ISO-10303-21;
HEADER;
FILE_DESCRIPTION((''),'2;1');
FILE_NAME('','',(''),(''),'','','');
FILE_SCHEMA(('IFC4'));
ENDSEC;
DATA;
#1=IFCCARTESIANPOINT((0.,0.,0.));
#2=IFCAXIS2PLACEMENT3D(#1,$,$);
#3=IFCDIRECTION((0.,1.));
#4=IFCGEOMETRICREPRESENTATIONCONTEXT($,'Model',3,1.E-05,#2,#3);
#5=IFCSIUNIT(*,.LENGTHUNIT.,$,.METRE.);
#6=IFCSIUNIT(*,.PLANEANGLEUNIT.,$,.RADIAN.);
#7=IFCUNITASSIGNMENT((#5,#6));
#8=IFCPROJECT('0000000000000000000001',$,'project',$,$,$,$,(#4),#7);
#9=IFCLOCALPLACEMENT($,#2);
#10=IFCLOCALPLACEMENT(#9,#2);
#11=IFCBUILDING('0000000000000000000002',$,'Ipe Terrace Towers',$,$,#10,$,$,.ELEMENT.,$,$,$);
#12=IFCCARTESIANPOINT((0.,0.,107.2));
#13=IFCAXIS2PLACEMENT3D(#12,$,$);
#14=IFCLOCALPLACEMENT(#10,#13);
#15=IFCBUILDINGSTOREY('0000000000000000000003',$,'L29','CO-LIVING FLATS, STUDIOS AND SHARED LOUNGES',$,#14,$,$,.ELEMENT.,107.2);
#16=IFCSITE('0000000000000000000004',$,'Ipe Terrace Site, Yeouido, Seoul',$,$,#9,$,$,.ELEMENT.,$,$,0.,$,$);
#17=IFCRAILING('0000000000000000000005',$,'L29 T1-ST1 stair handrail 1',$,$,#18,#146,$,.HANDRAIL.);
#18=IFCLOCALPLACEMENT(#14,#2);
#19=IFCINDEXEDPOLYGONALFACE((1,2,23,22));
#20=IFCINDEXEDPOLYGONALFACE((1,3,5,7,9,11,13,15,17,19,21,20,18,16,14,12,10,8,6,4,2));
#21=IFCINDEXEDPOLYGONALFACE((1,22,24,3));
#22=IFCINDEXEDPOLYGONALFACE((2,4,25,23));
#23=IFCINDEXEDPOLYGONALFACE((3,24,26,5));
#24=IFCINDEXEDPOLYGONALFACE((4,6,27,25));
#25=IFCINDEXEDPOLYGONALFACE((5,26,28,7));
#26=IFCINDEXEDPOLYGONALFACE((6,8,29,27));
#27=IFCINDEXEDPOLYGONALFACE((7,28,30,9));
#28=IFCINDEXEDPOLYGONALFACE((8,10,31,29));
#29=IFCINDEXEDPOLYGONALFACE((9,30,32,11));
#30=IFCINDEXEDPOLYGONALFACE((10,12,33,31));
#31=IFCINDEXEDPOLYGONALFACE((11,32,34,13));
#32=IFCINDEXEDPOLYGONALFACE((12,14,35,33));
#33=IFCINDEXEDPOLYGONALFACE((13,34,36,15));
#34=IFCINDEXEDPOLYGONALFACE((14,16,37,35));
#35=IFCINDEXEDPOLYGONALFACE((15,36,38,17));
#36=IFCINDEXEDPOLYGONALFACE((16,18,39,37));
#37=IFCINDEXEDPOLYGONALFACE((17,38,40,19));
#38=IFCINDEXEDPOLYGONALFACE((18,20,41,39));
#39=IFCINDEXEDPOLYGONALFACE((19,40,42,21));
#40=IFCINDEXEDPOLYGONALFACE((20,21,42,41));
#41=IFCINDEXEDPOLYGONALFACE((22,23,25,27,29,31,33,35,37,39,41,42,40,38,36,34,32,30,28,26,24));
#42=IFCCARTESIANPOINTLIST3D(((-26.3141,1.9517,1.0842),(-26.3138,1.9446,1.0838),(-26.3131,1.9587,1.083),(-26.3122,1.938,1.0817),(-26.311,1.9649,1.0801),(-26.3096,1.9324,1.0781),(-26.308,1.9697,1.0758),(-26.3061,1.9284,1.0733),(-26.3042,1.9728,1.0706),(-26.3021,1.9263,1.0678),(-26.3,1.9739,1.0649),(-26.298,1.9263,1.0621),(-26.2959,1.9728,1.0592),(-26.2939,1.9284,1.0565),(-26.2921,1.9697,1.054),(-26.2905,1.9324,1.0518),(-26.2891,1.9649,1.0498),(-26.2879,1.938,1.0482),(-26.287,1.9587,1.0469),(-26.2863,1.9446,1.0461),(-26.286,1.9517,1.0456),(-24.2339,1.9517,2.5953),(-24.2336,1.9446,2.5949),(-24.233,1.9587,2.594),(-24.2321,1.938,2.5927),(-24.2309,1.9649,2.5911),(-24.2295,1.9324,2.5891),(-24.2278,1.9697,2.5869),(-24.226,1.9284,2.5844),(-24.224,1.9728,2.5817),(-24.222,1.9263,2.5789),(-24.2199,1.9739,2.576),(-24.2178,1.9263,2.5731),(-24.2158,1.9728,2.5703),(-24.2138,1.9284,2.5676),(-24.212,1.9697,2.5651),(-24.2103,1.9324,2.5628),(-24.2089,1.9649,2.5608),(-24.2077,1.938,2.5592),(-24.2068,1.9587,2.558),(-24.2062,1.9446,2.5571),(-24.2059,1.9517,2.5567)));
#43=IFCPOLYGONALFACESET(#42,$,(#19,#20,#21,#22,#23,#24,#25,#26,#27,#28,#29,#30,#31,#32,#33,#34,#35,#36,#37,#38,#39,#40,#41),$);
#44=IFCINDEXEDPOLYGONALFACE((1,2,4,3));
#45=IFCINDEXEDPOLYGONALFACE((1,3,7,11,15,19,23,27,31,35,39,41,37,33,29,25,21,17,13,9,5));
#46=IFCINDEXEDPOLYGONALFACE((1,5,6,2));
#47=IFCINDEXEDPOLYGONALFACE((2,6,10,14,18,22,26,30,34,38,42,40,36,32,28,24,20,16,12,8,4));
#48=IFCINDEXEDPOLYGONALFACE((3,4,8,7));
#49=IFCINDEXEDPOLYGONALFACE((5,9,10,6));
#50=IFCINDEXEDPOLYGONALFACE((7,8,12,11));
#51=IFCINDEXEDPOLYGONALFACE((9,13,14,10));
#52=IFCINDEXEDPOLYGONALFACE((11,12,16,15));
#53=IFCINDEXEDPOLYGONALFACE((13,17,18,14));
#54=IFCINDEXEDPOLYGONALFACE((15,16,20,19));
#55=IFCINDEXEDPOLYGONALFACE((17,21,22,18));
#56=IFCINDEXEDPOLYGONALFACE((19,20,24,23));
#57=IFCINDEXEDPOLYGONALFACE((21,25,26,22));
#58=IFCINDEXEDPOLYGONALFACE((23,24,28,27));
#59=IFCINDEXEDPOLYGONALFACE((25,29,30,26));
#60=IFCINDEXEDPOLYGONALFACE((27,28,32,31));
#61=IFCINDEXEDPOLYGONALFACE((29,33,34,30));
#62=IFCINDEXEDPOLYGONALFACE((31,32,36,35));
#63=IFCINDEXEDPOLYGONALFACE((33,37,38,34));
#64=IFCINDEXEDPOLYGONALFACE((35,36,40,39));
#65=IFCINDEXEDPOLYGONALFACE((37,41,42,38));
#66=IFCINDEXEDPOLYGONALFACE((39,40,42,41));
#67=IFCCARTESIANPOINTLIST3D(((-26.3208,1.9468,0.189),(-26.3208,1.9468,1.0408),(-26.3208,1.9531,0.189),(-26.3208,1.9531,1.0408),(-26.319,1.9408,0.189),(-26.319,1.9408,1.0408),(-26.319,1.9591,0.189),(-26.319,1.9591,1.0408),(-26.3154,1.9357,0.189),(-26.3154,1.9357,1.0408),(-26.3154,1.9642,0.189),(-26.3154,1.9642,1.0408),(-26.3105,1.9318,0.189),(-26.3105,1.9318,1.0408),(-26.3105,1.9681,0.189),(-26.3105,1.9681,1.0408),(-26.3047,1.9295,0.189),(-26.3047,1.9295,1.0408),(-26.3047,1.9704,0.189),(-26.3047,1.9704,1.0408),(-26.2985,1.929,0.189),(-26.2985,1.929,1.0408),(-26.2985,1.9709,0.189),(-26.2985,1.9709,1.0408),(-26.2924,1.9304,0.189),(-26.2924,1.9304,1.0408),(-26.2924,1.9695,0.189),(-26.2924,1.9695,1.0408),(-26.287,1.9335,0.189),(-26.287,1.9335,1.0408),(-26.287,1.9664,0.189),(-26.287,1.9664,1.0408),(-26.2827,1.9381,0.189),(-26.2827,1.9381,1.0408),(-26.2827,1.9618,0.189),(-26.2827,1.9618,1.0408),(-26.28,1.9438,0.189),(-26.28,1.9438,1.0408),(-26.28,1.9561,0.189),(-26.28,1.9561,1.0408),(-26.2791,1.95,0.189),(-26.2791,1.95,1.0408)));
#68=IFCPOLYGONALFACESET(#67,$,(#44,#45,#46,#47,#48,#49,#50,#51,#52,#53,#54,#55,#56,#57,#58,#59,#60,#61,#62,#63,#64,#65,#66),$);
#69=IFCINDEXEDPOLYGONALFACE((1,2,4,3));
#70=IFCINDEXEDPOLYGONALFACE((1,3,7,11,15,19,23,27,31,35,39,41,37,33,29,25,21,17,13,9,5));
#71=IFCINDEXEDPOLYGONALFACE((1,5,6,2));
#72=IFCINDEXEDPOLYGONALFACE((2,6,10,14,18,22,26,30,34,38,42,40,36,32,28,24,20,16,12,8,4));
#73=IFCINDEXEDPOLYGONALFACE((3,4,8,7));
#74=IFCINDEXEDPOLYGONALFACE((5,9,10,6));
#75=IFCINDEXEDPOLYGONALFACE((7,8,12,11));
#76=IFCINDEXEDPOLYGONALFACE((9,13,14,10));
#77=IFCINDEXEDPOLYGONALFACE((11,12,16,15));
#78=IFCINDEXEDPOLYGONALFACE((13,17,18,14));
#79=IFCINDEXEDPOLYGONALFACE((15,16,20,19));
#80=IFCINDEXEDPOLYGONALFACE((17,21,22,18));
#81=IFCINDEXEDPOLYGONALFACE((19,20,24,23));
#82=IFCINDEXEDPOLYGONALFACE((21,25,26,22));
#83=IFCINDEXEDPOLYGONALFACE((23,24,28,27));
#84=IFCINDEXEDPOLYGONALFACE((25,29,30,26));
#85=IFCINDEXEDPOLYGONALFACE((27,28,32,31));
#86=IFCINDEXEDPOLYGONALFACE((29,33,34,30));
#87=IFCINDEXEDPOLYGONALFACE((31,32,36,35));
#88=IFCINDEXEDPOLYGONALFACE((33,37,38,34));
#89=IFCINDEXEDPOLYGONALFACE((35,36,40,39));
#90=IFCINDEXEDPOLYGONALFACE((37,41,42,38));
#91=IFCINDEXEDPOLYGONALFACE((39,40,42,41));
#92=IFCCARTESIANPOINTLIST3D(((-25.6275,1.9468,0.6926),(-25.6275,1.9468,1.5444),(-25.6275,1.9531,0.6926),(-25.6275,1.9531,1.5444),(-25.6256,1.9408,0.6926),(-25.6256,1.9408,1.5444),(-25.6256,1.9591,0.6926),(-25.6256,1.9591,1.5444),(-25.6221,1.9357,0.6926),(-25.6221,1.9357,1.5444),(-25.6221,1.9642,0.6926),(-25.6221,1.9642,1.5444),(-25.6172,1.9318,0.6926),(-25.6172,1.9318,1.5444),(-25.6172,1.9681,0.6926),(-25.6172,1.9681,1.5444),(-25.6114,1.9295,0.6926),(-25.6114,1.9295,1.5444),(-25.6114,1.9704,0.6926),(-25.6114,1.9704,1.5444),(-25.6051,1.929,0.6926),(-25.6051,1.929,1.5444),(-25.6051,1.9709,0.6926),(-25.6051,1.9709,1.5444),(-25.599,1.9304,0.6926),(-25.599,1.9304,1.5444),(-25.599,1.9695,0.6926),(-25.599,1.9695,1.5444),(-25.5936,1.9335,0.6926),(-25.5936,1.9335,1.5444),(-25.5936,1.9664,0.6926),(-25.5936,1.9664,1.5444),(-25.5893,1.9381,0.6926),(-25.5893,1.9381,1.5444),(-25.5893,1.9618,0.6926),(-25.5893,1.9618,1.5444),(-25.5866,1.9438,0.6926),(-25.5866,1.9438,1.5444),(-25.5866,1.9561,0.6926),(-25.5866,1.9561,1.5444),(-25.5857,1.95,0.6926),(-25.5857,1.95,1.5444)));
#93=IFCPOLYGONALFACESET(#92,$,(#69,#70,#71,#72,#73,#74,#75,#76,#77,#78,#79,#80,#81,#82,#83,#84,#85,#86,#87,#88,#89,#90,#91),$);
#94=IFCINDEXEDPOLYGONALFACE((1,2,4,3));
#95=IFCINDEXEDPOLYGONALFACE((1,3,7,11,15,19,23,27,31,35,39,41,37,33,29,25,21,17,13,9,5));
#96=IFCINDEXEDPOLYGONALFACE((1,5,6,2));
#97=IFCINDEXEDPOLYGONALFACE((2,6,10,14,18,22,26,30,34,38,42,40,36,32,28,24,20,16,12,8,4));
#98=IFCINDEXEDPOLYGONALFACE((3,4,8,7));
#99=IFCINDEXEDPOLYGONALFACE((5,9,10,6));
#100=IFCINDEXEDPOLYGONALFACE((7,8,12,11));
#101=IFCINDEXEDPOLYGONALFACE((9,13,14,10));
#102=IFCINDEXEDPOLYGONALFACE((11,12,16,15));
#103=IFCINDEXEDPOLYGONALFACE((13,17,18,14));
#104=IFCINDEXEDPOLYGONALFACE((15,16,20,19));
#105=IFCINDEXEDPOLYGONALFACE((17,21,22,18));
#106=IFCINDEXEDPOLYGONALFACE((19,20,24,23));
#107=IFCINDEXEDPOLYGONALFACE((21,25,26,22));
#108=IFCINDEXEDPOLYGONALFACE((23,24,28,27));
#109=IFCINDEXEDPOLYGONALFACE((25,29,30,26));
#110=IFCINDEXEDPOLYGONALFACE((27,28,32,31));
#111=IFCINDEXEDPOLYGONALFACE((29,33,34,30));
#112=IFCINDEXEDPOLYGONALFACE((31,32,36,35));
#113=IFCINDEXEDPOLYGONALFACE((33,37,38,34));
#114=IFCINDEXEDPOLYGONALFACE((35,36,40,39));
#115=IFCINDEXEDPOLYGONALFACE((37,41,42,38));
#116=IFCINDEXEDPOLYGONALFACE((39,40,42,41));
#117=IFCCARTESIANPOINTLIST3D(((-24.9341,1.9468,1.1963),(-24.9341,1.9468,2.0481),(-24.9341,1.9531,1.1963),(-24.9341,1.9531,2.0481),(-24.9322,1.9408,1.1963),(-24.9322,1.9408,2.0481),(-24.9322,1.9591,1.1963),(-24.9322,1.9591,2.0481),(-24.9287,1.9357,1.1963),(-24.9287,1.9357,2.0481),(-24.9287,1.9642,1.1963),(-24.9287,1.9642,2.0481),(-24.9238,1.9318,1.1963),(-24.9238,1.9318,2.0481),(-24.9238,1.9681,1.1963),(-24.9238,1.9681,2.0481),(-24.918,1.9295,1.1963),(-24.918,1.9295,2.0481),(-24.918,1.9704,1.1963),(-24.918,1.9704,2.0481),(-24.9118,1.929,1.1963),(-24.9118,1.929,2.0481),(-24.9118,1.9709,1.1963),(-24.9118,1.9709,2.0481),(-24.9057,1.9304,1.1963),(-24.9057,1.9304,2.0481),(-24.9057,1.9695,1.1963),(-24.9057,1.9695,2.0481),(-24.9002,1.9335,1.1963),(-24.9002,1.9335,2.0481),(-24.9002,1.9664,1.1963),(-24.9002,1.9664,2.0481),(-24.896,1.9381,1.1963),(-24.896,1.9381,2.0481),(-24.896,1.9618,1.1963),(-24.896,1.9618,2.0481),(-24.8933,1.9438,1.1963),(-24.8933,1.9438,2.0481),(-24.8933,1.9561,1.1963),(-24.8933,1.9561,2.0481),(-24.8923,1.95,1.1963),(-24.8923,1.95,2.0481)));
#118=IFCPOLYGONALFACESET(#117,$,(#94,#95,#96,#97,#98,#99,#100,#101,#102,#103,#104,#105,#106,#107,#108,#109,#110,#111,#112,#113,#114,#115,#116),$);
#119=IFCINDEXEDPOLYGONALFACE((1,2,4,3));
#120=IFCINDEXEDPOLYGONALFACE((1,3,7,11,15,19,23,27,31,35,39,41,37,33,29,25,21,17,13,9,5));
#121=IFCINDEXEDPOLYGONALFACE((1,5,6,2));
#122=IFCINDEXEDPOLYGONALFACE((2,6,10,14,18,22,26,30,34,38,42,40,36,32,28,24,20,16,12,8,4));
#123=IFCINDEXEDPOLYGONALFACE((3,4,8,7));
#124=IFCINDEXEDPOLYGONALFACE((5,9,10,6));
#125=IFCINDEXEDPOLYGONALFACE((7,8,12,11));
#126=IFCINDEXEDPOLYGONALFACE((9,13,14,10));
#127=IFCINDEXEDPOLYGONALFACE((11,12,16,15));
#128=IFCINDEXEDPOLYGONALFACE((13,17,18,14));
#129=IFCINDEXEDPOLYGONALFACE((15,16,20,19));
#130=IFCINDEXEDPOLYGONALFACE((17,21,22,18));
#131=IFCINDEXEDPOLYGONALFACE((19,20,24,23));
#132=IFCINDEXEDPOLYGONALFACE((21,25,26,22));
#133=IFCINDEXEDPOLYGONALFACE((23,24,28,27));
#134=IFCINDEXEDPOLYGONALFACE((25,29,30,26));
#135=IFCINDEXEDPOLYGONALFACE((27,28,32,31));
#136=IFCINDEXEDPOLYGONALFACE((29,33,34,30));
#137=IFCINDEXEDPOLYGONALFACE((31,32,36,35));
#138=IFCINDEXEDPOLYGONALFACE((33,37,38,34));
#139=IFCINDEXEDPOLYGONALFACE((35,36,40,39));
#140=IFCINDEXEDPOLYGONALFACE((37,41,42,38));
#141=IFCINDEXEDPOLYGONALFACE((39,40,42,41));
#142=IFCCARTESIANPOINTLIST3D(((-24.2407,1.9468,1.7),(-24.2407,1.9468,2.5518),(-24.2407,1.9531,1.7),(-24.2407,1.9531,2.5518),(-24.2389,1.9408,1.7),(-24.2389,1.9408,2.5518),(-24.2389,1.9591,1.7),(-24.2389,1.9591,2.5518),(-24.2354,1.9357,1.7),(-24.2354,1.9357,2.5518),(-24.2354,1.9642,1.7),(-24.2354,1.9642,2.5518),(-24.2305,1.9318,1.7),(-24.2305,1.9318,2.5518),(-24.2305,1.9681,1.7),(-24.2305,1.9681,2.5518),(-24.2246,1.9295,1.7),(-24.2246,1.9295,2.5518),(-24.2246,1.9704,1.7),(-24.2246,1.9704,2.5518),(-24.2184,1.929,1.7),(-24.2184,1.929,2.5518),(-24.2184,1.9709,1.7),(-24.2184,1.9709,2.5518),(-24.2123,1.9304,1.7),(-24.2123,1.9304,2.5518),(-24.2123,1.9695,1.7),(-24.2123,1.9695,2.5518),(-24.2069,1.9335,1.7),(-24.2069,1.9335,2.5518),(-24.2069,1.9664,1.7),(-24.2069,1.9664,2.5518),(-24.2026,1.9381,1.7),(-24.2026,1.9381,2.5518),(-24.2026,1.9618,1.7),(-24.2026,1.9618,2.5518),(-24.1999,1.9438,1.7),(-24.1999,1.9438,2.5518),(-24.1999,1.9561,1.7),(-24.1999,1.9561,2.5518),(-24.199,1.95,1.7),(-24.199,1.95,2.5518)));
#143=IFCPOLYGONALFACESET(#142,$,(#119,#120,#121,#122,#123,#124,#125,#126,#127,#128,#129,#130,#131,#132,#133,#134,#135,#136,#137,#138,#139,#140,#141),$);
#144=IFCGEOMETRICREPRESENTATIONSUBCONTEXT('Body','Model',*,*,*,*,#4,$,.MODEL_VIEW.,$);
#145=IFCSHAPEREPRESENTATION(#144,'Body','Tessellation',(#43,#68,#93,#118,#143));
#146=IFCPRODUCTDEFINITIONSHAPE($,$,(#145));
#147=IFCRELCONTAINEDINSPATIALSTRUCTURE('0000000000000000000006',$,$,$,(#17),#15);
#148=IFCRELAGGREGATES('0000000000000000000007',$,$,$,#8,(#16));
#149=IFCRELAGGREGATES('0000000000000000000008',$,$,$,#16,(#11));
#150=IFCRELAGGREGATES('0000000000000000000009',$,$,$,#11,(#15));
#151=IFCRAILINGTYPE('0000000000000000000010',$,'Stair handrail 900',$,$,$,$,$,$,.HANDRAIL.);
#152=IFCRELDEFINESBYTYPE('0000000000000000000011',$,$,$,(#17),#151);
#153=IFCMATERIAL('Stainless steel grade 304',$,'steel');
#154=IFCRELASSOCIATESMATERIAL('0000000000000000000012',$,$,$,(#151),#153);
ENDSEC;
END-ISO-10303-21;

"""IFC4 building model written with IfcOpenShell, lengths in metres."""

from ifc_helpers import new_model, si_unit, direction, frame, origin, origin_2d, place, context, subcontext, project, spatial, circle, extrude, material, type_object, element, save


model = new_model("IFC4")

# Units and contexts
model_context = context("Model", 3, precision=1e-05, world=origin(), true_north=direction((0.0, 1.0)))
body_context = subcontext(model_context, "Body", "Model", "MODEL_VIEW")
ifc_project = project(units=[si_unit("LENGTHUNIT", "METRE"), si_unit("PLANEANGLEUNIT", "RADIAN")], contexts=[model_context])

# Site, building, storey
site_placement = place(None, origin())
site = spatial("IfcSite", under=ifc_project, at=site_placement, Name="Ipe Terrace Site, Yeouido, Seoul", CompositionType="ELEMENT", RefElevation=0.0)
building_placement = place(site_placement, origin())
building = spatial("IfcBuilding", under=site, at=building_placement, Name="Ipe Terrace Towers", CompositionType="ELEMENT")
storey_placement = place(building_placement, frame((0.0, 0.0, 107.2)))
storey = spatial("IfcBuildingStorey", under=building, at=storey_placement, Name="L29", Description="CO-LIVING FLATS, STUDIOS AND SHARED LOUNGES", CompositionType="ELEMENT", Elevation=107.2)

# Railing
ifc_material_1 = material(Name="Stainless steel grade 304", Category="steel")
railing_type_1 = type_object("IfcRailingType", Name="Stair handrail 900", PredefinedType="HANDRAIL", material=ifc_material_1)
railing_1_placement = place(storey_placement, frame((-26.3, 1.95, 0.189)))
element("IfcRailing", 1, at=railing_1_placement, inside=storey, type_object=railing_type_1, Name="L29 T1-ST1 stair handrail 1", PredefinedType="HANDRAIL", context=body_context, shape_type="SweptSolid", body=[
    extrude(circle(Radius=0.0239, at=origin_2d()), frame((0.0, 0.0, 0.876), z_axis=(0.809069, 0.0, 0.587714), x_axis=(0.0, 1.0, 0.0)), (0.0, 0.0, 1.0), 2.571),
    extrude(circle(Radius=0.021, at=origin_2d()), origin(), (0.0, 0.0, 1.0), 0.8518),
    extrude(circle(Radius=0.021, at=origin_2d()), frame((0.6934, 0.0, 0.5037)), (0.0, 0.0, 1.0), 0.8518),
    extrude(circle(Radius=0.021, at=origin_2d()), frame((1.3867, 0.0, 1.0073)), (0.0, 0.0, 1.0), 0.8518),
    extrude(circle(Radius=0.021, at=origin_2d()), frame((2.0801, 0.0, 1.511)), (0.0, 0.0, 1.0), 0.8518),
])

save(model, "model.ifc")
